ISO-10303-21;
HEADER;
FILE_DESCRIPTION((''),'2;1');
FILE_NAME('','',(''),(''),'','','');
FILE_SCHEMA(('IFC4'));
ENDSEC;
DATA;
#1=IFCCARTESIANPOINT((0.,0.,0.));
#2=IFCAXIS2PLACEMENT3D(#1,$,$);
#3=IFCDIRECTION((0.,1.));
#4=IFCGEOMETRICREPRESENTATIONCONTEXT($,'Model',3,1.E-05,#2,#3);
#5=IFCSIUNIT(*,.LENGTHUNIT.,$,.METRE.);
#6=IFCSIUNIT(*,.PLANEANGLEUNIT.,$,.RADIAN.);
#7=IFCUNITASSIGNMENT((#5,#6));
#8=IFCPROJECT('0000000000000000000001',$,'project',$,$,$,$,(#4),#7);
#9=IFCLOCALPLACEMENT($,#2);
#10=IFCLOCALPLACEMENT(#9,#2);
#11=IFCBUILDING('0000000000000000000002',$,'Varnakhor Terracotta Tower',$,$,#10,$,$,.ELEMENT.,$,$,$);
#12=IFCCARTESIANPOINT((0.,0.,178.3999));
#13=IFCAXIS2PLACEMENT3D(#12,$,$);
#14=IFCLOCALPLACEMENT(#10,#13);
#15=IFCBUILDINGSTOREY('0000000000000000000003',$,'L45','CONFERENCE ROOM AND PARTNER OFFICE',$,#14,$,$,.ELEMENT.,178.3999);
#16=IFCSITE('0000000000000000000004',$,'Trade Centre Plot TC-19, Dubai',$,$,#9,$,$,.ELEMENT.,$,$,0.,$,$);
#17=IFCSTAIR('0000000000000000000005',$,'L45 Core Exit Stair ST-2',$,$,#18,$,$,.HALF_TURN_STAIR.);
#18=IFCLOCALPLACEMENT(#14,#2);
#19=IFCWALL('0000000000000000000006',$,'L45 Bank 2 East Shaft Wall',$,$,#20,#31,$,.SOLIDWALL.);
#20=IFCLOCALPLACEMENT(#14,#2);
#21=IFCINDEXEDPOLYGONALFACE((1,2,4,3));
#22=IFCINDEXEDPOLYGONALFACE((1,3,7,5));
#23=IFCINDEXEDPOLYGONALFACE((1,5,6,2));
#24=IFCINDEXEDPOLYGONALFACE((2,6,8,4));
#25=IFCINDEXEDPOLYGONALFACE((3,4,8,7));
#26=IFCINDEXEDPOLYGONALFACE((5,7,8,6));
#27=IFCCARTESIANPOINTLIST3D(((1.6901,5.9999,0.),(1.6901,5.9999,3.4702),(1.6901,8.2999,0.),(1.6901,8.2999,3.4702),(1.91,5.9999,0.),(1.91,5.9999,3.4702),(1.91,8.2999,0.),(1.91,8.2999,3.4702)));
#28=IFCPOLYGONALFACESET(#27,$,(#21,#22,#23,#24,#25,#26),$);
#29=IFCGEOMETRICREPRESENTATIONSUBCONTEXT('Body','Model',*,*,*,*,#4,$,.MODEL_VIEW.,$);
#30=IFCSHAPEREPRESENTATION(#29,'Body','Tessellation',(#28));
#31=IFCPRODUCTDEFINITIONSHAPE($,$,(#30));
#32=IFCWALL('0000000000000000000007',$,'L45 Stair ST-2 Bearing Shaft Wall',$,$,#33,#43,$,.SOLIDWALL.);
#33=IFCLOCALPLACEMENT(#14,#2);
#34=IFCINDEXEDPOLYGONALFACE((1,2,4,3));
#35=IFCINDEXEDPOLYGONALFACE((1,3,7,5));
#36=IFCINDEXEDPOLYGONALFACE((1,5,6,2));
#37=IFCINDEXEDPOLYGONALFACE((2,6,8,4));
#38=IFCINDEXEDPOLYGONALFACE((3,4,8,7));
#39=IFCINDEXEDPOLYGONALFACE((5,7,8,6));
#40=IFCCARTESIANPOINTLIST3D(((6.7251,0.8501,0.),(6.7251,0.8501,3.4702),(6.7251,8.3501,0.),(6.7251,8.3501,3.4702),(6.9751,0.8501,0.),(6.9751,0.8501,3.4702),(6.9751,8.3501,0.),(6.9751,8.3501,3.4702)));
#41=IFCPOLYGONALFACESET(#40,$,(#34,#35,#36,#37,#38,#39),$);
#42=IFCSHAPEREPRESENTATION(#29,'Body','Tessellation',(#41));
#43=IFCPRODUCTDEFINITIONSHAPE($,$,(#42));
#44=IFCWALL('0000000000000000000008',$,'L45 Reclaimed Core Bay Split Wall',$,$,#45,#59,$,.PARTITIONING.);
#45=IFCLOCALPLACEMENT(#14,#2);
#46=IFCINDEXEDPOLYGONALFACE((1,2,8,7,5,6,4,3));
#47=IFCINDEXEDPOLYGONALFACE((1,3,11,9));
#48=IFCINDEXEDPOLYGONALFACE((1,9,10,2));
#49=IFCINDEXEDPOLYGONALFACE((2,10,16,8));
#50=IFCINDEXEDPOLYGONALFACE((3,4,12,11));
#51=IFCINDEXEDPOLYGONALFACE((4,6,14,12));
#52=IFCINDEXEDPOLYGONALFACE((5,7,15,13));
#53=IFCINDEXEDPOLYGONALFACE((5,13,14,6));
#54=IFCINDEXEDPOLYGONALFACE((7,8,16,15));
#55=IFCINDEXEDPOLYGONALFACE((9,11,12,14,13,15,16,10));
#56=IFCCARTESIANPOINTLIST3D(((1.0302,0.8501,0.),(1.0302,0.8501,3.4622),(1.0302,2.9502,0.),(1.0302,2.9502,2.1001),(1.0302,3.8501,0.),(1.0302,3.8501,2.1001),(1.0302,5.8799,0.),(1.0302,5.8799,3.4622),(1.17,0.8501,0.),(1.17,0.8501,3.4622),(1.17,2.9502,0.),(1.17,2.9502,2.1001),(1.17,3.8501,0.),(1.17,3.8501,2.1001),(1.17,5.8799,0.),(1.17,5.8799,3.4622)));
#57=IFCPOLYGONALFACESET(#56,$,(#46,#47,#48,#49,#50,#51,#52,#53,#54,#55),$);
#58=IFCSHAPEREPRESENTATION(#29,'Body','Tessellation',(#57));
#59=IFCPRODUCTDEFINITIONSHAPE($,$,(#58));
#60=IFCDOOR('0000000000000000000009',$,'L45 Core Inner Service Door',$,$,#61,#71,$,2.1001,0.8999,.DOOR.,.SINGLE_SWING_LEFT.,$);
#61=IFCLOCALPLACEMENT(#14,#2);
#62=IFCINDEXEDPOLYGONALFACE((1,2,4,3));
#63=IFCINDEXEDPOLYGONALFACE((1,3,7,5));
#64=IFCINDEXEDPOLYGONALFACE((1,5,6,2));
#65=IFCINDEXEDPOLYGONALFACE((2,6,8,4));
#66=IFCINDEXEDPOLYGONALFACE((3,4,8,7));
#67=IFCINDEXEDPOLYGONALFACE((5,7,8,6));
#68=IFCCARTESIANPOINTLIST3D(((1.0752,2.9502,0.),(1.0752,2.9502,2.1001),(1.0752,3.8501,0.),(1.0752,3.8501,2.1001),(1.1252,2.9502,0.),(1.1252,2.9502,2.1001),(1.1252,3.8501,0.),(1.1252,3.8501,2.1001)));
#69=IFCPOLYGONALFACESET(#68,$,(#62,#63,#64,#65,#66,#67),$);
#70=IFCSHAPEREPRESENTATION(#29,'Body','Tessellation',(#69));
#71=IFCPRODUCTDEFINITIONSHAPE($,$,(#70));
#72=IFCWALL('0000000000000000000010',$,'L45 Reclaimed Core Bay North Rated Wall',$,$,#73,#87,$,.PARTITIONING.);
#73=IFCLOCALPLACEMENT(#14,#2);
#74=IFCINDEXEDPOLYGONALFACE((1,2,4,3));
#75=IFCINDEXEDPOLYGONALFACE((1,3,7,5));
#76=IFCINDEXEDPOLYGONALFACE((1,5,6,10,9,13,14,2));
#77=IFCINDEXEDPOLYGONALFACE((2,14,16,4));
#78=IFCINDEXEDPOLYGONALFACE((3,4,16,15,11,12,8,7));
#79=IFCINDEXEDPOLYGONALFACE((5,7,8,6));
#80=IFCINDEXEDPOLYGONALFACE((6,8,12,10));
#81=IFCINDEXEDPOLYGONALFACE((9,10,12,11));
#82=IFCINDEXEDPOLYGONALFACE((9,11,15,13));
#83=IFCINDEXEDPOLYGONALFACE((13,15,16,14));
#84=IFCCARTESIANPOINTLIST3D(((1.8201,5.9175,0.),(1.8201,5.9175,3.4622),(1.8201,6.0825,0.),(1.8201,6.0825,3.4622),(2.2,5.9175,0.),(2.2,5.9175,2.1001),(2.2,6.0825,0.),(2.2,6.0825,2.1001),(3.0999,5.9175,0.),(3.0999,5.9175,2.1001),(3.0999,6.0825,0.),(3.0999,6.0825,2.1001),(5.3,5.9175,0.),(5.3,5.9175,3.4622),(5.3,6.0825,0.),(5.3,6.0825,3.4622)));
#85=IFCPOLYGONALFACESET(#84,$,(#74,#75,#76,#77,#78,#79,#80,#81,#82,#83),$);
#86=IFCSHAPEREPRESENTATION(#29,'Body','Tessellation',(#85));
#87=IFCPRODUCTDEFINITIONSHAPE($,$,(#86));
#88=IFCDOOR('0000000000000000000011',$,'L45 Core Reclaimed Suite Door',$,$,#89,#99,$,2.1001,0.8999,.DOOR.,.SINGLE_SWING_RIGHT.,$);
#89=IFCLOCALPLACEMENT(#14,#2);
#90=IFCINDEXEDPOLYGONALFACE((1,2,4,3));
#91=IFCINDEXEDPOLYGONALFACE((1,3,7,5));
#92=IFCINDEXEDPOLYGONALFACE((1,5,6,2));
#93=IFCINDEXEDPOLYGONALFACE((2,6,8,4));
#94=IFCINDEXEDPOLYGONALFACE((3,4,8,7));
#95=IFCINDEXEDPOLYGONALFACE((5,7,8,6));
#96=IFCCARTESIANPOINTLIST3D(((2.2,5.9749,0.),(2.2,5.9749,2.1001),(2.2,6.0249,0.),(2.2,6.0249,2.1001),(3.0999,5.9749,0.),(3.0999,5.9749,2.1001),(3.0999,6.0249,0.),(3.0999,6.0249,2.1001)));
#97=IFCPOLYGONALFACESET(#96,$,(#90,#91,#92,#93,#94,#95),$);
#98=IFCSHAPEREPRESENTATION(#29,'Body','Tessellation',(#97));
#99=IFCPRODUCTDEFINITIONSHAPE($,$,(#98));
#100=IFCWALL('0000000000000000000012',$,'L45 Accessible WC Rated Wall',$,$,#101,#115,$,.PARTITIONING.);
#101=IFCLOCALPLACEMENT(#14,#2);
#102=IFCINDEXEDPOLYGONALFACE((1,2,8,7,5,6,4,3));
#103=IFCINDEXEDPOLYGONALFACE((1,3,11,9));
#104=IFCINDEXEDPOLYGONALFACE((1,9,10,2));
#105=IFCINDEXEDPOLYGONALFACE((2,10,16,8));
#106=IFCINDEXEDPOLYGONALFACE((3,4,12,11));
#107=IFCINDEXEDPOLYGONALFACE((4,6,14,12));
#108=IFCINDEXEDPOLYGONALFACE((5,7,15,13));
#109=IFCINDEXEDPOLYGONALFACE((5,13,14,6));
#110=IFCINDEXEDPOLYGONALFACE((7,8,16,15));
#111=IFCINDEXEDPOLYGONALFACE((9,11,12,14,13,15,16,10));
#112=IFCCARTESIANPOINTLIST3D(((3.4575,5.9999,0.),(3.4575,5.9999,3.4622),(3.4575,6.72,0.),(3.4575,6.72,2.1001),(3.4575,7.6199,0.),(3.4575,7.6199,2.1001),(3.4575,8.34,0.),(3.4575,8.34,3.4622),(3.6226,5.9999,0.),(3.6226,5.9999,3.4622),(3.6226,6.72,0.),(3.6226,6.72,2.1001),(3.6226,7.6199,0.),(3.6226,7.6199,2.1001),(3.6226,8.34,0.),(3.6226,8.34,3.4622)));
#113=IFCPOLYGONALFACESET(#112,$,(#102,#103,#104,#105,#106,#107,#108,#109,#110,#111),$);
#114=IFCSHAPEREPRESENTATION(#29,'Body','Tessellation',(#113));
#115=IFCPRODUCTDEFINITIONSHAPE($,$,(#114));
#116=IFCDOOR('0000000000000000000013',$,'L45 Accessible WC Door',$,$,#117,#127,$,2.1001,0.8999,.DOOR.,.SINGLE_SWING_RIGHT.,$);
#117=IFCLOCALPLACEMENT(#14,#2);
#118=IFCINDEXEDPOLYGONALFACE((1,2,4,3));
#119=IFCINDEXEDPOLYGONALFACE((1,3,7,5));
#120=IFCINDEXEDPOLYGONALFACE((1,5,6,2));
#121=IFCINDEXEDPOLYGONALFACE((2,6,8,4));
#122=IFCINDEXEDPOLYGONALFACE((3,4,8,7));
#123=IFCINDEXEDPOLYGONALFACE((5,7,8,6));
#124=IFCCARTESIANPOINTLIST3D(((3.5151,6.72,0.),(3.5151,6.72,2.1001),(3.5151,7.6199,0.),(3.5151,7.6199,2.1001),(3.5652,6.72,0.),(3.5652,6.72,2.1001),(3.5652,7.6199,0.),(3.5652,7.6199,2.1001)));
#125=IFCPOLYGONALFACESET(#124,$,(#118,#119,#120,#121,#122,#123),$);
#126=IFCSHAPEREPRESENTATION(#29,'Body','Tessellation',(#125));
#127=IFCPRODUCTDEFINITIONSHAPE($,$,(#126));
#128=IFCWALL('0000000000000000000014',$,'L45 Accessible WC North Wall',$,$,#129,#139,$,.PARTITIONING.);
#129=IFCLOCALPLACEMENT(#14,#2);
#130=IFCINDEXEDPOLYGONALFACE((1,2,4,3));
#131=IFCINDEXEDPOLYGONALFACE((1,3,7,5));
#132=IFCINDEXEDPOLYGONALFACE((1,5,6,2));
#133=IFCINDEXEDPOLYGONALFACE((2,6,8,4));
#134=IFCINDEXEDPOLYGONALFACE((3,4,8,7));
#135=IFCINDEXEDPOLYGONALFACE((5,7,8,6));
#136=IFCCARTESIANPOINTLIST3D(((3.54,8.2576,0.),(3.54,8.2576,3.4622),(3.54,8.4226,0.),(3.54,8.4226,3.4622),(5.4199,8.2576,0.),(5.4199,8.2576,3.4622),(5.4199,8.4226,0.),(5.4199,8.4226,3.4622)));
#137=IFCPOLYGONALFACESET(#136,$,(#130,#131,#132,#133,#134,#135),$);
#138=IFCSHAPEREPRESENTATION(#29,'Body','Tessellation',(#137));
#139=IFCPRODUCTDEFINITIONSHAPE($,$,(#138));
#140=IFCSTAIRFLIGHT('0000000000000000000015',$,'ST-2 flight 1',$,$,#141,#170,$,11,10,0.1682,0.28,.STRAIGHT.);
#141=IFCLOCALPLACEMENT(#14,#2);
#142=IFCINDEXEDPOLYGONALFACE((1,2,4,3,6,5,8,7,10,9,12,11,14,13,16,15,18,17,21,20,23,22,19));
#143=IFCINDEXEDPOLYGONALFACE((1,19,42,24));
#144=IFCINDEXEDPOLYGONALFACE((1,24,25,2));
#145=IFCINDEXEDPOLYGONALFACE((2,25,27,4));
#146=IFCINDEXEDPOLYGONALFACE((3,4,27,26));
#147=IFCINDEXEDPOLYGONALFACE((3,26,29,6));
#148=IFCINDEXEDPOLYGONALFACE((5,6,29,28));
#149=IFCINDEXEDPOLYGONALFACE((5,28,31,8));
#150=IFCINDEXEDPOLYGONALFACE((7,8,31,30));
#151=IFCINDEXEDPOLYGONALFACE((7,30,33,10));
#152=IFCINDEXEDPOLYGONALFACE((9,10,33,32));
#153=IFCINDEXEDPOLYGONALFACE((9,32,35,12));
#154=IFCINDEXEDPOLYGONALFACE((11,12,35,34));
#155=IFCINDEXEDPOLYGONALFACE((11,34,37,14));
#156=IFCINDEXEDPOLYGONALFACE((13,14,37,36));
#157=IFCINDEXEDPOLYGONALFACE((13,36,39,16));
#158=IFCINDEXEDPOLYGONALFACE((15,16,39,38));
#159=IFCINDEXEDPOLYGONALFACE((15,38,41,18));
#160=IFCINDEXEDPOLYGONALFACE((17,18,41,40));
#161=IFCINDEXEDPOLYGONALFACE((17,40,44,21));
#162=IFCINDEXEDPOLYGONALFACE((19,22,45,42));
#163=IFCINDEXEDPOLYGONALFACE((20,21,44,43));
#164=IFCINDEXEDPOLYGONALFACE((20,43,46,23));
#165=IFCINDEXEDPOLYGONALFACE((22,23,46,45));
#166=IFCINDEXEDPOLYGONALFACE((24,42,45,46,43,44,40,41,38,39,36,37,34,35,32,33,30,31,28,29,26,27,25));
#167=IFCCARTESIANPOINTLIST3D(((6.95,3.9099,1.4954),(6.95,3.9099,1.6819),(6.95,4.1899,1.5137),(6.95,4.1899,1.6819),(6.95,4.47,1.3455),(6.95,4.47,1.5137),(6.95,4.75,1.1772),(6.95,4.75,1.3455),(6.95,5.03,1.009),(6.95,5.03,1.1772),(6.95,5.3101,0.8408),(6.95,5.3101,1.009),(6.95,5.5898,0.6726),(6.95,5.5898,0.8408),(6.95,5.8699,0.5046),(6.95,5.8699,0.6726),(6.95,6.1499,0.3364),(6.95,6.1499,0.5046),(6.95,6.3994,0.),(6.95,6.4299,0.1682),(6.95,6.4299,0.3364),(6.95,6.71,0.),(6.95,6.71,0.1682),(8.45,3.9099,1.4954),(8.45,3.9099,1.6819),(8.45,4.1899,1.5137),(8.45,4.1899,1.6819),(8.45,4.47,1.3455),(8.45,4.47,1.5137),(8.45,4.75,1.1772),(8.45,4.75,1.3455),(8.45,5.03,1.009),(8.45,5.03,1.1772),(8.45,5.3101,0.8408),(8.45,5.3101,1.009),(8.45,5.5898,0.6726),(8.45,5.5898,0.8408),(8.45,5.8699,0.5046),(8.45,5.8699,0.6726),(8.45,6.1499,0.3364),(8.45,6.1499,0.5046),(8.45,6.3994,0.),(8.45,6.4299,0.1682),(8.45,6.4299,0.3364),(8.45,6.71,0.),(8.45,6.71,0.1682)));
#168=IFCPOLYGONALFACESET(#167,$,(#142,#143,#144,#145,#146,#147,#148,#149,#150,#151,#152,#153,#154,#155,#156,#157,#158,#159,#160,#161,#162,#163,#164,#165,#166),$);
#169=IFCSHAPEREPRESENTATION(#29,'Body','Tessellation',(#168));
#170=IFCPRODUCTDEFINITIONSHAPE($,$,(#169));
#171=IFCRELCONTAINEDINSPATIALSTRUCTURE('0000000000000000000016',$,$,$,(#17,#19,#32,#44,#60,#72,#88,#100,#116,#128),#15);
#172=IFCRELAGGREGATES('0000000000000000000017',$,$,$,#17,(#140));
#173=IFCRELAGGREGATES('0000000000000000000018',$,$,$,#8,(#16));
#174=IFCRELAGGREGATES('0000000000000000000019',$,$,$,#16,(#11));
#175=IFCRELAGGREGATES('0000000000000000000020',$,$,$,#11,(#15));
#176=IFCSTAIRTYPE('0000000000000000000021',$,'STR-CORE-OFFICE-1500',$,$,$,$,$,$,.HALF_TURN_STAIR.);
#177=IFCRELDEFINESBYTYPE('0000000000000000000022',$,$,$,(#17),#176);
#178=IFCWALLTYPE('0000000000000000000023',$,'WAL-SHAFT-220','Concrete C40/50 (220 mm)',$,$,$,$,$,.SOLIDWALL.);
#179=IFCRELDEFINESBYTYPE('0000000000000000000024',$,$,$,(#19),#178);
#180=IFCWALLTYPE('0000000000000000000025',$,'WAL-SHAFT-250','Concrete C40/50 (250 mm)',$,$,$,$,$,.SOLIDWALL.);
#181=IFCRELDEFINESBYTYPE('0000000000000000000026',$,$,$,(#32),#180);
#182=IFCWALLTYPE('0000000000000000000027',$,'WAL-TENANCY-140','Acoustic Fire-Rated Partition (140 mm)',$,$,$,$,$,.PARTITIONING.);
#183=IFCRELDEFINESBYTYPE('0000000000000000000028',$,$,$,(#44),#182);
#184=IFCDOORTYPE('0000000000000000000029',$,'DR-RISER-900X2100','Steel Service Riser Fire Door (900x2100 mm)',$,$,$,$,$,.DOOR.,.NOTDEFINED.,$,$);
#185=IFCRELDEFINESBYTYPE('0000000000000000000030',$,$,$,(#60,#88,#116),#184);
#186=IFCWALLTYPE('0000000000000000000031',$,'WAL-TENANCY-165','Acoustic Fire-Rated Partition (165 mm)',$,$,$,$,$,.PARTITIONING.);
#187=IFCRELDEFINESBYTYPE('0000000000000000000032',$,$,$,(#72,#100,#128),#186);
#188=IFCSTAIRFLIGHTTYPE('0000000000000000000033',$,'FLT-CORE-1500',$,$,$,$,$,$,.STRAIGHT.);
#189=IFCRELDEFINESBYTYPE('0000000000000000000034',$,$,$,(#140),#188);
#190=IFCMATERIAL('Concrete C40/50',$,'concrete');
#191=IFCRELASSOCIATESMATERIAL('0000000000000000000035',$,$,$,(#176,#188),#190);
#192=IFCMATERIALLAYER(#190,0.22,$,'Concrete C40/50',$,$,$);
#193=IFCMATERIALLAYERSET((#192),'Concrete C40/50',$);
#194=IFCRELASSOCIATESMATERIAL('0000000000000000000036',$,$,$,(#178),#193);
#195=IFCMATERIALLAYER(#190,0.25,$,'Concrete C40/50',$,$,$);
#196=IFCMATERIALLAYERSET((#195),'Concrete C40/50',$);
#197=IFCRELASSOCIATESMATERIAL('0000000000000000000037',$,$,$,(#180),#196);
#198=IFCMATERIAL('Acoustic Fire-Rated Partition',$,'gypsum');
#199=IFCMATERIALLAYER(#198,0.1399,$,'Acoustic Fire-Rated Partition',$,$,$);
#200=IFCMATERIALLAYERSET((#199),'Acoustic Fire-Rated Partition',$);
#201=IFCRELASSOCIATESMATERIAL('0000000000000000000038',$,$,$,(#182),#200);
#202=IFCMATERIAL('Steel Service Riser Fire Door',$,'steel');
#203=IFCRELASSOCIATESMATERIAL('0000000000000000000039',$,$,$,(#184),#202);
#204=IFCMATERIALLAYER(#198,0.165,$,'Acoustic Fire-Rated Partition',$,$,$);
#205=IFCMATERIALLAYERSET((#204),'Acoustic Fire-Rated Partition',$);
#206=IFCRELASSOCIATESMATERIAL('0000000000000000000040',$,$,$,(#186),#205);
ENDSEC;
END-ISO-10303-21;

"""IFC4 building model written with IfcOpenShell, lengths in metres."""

from ifc_helpers import new_model, si_unit, direction, frame, frame_2d, origin, place, context, subcontext, project, spatial, polyline, rectangle, outline, extrude, source, transform, mapped, material, layer, layer_set, type_object, type_shapes, element, fill, aggregate, save


model = new_model("IFC4")

# Units and contexts
model_context = context("Model", 3, precision=1e-05, world=origin(), true_north=direction((0.0, 1.0)))
body_context = subcontext(model_context, "Body", "Model", "MODEL_VIEW")
ifc_project = project(units=[si_unit("LENGTHUNIT", "METRE"), si_unit("PLANEANGLEUNIT", "RADIAN")], contexts=[model_context])

# Site, building, storey
site_placement = place(None, origin())
site = spatial("IfcSite", under=ifc_project, at=site_placement, Name="Trade Centre Plot TC-19, Dubai", CompositionType="ELEMENT", RefElevation=0.0)
building_placement = place(site_placement, origin())
building = spatial("IfcBuilding", under=site, at=building_placement, Name="Varnakhor Terracotta Tower", CompositionType="ELEMENT")
storey_placement = place(building_placement, frame((0.0, 0.0, 178.3999)))
storey = spatial("IfcBuildingStorey", under=building, at=storey_placement, Name="L45", Description="CONFERENCE ROOM AND PARTNER OFFICE", CompositionType="ELEMENT", Elevation=178.3999)

# Stair
ifc_material_1 = material(Name="Concrete C40/50", Category="concrete")
stair_type = type_object("IfcStairType", Name="STR-CORE-OFFICE-1500", PredefinedType="HALF_TURN_STAIR", material=ifc_material_1)
stair_1_placement = place(storey_placement, origin())
stair_1 = element("IfcStair", 1, at=stair_1_placement, inside=storey, type_object=stair_type, Name="L45 Core Exit Stair ST-2", PredefinedType="HALF_TURN_STAIR")

# Walls
ifc_layer_1 = layer(ifc_material_1, 0.22, Name="Concrete C40/50")
ifc_layer_set_1 = layer_set([ifc_layer_1], Name="Concrete C40/50")
wall_type_1 = type_object("IfcWallType", Name="WAL-SHAFT-220", Description="Concrete C40/50 (220 mm)", PredefinedType="SOLIDWALL", material=ifc_layer_set_1)
wall_1_placement = place(storey_placement, frame((1.8, 6.0, 0.0), z_axis=(0.0, 0.0, 1.0), x_axis=(0.0, 1.0, 0.0)))
element("IfcWall", 2, at=wall_1_placement, inside=storey, type_object=wall_type_1, Name="L45 Bank 2 East Shaft Wall", PredefinedType="SOLIDWALL", context=body_context, shape_type="SweptSolid", body=[
    extrude(rectangle(XDim=2.3, YDim=0.22, at=frame_2d((1.1499, 0.0))), origin(), (0.0, 0.0, 1.0), 3.4702),
])
ifc_layer_2 = layer(ifc_material_1, 0.25, Name="Concrete C40/50")
ifc_layer_set_2 = layer_set([ifc_layer_2], Name="Concrete C40/50")
wall_type_2 = type_object("IfcWallType", Name="WAL-SHAFT-250", Description="Concrete C40/50 (250 mm)", PredefinedType="SOLIDWALL", material=ifc_layer_set_2)
wall_2_placement = place(storey_placement, frame((6.8501, 0.8501, 0.0), z_axis=(0.0, 0.0, 1.0), x_axis=(0.0, 1.0, 0.0)))
element("IfcWall", 3, at=wall_2_placement, inside=storey, type_object=wall_type_2, Name="L45 Stair ST-2 Bearing Shaft Wall", PredefinedType="SOLIDWALL", context=body_context, shape_type="SweptSolid", body=[
    extrude(rectangle(XDim=7.5, YDim=0.25, at=frame_2d((3.75, 0.0))), origin(), (0.0, 0.0, 1.0), 3.4702),
])

# Walls, openings, doors
ifc_material_2 = material(Name="Acoustic Fire-Rated Partition", Category="gypsum")
ifc_layer_3 = layer(ifc_material_2, 0.1399, Name="Acoustic Fire-Rated Partition")
ifc_layer_set_3 = layer_set([ifc_layer_3], Name="Acoustic Fire-Rated Partition")
wall_type_3 = type_object("IfcWallType", Name="WAL-TENANCY-140", Description="Acoustic Fire-Rated Partition (140 mm)", PredefinedType="PARTITIONING", material=ifc_layer_set_3)
wall_3_placement = place(storey_placement, frame((1.1001, 0.8501, 0.0), z_axis=(0.0, 0.0, 1.0), x_axis=(0.0, 1.0, 0.0)))
wall_3 = element("IfcWall", 4, at=wall_3_placement, inside=storey, type_object=wall_type_3, Name="L45 Reclaimed Core Bay Split Wall", PredefinedType="PARTITIONING", context=body_context, shape_type="SweptSolid", body=[
    extrude(rectangle(XDim=5.0298, YDim=0.1399, at=frame_2d((2.5149, 0.0))), origin(), (0.0, 0.0, 1.0), 3.4622),
])
opening_1_placement = place(wall_3_placement, frame((2.1001, 0.0, 0.0)))
opening_1 = element("IfcOpeningElement", 5, at=opening_1_placement, cuts=wall_3, PredefinedType="OPENING", context=body_context, shape_type="SweptSolid", body=[
    extrude(rectangle(XDim=0.8999, YDim=2.1001, at=frame_2d((0.45, 1.05))), frame((0.0, 0.0801, 0.0), z_axis=(0.0, -1.0, 0.0), x_axis=(1.0, 0.0, 0.0)), (0.0, 0.0, 1.0), 0.1599),
])
ifc_material_3 = material(Name="Steel Service Riser Fire Door", Category="steel")
door_type_1 = type_object("IfcDoorType", Name="DR-RISER-900X2100", Description="Steel Service Riser Fire Door (900x2100 mm)", OperationType="NOTDEFINED", PredefinedType="DOOR", material=ifc_material_3)
shared_shape_1 = source(origin(), body_context, "Body", "SweptSolid", [
    extrude(rectangle(XDim=0.8999, YDim=2.1001, at=frame_2d((0.45, 1.05))), frame((0.0, 0.0249, 0.0), z_axis=(0.0, -1.0, 0.0), x_axis=(1.0, 0.0, 0.0)), (0.0, 0.0, 1.0), 0.05),
])
type_shapes(door_type_1, [shared_shape_1])
door_1_placement = place(opening_1_placement, origin())
door_1 = element("IfcDoor", 6, at=door_1_placement, inside=storey, type_object=door_type_1, Name="L45 Core Inner Service Door", OperationType="SINGLE_SWING_LEFT", OverallHeight=2.1001, OverallWidth=0.8999, PredefinedType="DOOR", context=body_context, shape_type="MappedRepresentation", body=[
    mapped(shared_shape_1, transform((0.0, 0.0, 0.0), scale=1.0)),
])
fill(opening_1, door_1)
ifc_layer_4 = layer(ifc_material_2, 0.165, Name="Acoustic Fire-Rated Partition")
ifc_layer_set_4 = layer_set([ifc_layer_4], Name="Acoustic Fire-Rated Partition")
wall_type_4 = type_object("IfcWallType", Name="WAL-TENANCY-165", Description="Acoustic Fire-Rated Partition (165 mm)", PredefinedType="PARTITIONING", material=ifc_layer_set_4)
wall_4_placement = place(storey_placement, frame((1.8201, 6.0, 0.0), z_axis=(0.0, 0.0, 1.0), x_axis=(1.0, 0.0, 0.0)))
wall_4 = element("IfcWall", 7, at=wall_4_placement, inside=storey, type_object=wall_type_4, Name="L45 Reclaimed Core Bay North Rated Wall", PredefinedType="PARTITIONING", context=body_context, shape_type="SweptSolid", body=[
    extrude(rectangle(XDim=3.48, YDim=0.165, at=frame_2d((1.74, 0.0))), origin(), (0.0, 0.0, 1.0), 3.4622),
])
opening_2_placement = place(wall_4_placement, frame((0.3799, 0.0, 0.0)))
opening_2 = element("IfcOpeningElement", 8, at=opening_2_placement, cuts=wall_4, PredefinedType="OPENING", context=body_context, shape_type="SweptSolid", body=[
    extrude(rectangle(XDim=0.8999, YDim=2.1001, at=frame_2d((0.45, 1.05))), frame((0.0, 0.0925, 0.0), z_axis=(0.0, -1.0, 0.0), x_axis=(1.0, 0.0, 0.0)), (0.0, 0.0, 1.0), 0.1851),
])
door_2_placement = place(opening_2_placement, origin())
door_2 = element("IfcDoor", 9, at=door_2_placement, inside=storey, type_object=door_type_1, Name="L45 Core Reclaimed Suite Door", OperationType="SINGLE_SWING_RIGHT", OverallHeight=2.1001, OverallWidth=0.8999, PredefinedType="DOOR", context=body_context, shape_type="MappedRepresentation", body=[
    mapped(shared_shape_1, transform((0.0, 0.0, 0.0), scale=1.0)),
])
fill(opening_2, door_2)
wall_5_placement = place(storey_placement, frame((3.54, 6.0, 0.0), z_axis=(0.0, 0.0, 1.0), x_axis=(0.0, 1.0, 0.0)))
wall_5 = element("IfcWall", 10, at=wall_5_placement, inside=storey, type_object=wall_type_4, Name="L45 Accessible WC Rated Wall", PredefinedType="PARTITIONING", context=body_context, shape_type="SweptSolid", body=[
    extrude(rectangle(XDim=2.3401, YDim=0.165, at=frame_2d((1.1699, 0.0))), origin(), (0.0, 0.0, 1.0), 3.4622),
])
opening_3_placement = place(wall_5_placement, frame((0.72, 0.0, 0.0)))
opening_3 = element("IfcOpeningElement", 11, at=opening_3_placement, cuts=wall_5, PredefinedType="OPENING", context=body_context, shape_type="SweptSolid", body=[
    extrude(rectangle(XDim=0.8999, YDim=2.1001, at=frame_2d((0.45, 1.05))), frame((0.0, 0.0925, 0.0), z_axis=(0.0, -1.0, 0.0), x_axis=(1.0, 0.0, 0.0)), (0.0, 0.0, 1.0), 0.1851),
])
door_3_placement = place(opening_3_placement, origin())
door_3 = element("IfcDoor", 12, at=door_3_placement, inside=storey, type_object=door_type_1, Name="L45 Accessible WC Door", OperationType="SINGLE_SWING_RIGHT", OverallHeight=2.1001, OverallWidth=0.8999, PredefinedType="DOOR", context=body_context, shape_type="MappedRepresentation", body=[
    mapped(shared_shape_1, transform((0.0, 0.0, 0.0), scale=1.0)),
])
fill(opening_3, door_3)

# Wall
wall_6_placement = place(storey_placement, frame((3.54, 8.3401, 0.0), z_axis=(0.0, 0.0, 1.0), x_axis=(1.0, 0.0, 0.0)))
element("IfcWall", 13, at=wall_6_placement, inside=storey, type_object=wall_type_4, Name="L45 Accessible WC North Wall", PredefinedType="PARTITIONING", context=body_context, shape_type="SweptSolid", body=[
    extrude(rectangle(XDim=1.8799, YDim=0.165, at=frame_2d((0.9399, 0.0))), origin(), (0.0, 0.0, 1.0), 3.4622),
])

# Stair flight
stair_flight_type = type_object("IfcStairFlightType", Name="FLT-CORE-1500", PredefinedType="STRAIGHT", material=ifc_material_1)
stair_flight_placement = place(storey_placement, frame((7.7, 6.71, 0.0), z_axis=(0.0, 0.0, 1.0), x_axis=(0.0, -1.0, 0.0)))
stair_flight = element("IfcStairFlight", 14, at=stair_flight_placement, type_object=stair_flight_type, Name="ST-2 flight 1", NumberOfRisers=11, NumberOfTreads=10, PredefinedType="STRAIGHT", RiserHeight=0.1682, TreadLength=0.28, context=body_context, shape_type="SweptSolid", body=[
    extrude(outline(polyline([(0.0, 0.0), (0.0, 0.1682), (0.28, 0.1682), (0.28, 0.3364), (0.5601, 0.3364), (0.5601, 0.5046), (0.8401, 0.5046), (0.8401, 0.6726), (1.1201, 0.6726), (1.1201, 0.8408), (1.3999, 0.8408), (1.3999, 1.009), (1.6799, 1.009), (1.6799, 1.1772), (1.96, 1.1772), (1.96, 1.3455), (2.24, 1.3455), (2.24, 1.5137), (2.52, 1.5137), (2.52, 1.6819), (2.8, 1.6819), (2.8, 1.8501), (2.8, 1.4954), (0.3105, 0.0), (0.0, 0.0)])), frame((0.0, 0.75, 0.0), z_axis=(0.0, -1.0, 0.0), x_axis=(1.0, 0.0, 0.0)), (0.0, 0.0, 1.0), 1.5),
])
aggregate(stair_1, [stair_flight])

save(model, "model.ifc")
